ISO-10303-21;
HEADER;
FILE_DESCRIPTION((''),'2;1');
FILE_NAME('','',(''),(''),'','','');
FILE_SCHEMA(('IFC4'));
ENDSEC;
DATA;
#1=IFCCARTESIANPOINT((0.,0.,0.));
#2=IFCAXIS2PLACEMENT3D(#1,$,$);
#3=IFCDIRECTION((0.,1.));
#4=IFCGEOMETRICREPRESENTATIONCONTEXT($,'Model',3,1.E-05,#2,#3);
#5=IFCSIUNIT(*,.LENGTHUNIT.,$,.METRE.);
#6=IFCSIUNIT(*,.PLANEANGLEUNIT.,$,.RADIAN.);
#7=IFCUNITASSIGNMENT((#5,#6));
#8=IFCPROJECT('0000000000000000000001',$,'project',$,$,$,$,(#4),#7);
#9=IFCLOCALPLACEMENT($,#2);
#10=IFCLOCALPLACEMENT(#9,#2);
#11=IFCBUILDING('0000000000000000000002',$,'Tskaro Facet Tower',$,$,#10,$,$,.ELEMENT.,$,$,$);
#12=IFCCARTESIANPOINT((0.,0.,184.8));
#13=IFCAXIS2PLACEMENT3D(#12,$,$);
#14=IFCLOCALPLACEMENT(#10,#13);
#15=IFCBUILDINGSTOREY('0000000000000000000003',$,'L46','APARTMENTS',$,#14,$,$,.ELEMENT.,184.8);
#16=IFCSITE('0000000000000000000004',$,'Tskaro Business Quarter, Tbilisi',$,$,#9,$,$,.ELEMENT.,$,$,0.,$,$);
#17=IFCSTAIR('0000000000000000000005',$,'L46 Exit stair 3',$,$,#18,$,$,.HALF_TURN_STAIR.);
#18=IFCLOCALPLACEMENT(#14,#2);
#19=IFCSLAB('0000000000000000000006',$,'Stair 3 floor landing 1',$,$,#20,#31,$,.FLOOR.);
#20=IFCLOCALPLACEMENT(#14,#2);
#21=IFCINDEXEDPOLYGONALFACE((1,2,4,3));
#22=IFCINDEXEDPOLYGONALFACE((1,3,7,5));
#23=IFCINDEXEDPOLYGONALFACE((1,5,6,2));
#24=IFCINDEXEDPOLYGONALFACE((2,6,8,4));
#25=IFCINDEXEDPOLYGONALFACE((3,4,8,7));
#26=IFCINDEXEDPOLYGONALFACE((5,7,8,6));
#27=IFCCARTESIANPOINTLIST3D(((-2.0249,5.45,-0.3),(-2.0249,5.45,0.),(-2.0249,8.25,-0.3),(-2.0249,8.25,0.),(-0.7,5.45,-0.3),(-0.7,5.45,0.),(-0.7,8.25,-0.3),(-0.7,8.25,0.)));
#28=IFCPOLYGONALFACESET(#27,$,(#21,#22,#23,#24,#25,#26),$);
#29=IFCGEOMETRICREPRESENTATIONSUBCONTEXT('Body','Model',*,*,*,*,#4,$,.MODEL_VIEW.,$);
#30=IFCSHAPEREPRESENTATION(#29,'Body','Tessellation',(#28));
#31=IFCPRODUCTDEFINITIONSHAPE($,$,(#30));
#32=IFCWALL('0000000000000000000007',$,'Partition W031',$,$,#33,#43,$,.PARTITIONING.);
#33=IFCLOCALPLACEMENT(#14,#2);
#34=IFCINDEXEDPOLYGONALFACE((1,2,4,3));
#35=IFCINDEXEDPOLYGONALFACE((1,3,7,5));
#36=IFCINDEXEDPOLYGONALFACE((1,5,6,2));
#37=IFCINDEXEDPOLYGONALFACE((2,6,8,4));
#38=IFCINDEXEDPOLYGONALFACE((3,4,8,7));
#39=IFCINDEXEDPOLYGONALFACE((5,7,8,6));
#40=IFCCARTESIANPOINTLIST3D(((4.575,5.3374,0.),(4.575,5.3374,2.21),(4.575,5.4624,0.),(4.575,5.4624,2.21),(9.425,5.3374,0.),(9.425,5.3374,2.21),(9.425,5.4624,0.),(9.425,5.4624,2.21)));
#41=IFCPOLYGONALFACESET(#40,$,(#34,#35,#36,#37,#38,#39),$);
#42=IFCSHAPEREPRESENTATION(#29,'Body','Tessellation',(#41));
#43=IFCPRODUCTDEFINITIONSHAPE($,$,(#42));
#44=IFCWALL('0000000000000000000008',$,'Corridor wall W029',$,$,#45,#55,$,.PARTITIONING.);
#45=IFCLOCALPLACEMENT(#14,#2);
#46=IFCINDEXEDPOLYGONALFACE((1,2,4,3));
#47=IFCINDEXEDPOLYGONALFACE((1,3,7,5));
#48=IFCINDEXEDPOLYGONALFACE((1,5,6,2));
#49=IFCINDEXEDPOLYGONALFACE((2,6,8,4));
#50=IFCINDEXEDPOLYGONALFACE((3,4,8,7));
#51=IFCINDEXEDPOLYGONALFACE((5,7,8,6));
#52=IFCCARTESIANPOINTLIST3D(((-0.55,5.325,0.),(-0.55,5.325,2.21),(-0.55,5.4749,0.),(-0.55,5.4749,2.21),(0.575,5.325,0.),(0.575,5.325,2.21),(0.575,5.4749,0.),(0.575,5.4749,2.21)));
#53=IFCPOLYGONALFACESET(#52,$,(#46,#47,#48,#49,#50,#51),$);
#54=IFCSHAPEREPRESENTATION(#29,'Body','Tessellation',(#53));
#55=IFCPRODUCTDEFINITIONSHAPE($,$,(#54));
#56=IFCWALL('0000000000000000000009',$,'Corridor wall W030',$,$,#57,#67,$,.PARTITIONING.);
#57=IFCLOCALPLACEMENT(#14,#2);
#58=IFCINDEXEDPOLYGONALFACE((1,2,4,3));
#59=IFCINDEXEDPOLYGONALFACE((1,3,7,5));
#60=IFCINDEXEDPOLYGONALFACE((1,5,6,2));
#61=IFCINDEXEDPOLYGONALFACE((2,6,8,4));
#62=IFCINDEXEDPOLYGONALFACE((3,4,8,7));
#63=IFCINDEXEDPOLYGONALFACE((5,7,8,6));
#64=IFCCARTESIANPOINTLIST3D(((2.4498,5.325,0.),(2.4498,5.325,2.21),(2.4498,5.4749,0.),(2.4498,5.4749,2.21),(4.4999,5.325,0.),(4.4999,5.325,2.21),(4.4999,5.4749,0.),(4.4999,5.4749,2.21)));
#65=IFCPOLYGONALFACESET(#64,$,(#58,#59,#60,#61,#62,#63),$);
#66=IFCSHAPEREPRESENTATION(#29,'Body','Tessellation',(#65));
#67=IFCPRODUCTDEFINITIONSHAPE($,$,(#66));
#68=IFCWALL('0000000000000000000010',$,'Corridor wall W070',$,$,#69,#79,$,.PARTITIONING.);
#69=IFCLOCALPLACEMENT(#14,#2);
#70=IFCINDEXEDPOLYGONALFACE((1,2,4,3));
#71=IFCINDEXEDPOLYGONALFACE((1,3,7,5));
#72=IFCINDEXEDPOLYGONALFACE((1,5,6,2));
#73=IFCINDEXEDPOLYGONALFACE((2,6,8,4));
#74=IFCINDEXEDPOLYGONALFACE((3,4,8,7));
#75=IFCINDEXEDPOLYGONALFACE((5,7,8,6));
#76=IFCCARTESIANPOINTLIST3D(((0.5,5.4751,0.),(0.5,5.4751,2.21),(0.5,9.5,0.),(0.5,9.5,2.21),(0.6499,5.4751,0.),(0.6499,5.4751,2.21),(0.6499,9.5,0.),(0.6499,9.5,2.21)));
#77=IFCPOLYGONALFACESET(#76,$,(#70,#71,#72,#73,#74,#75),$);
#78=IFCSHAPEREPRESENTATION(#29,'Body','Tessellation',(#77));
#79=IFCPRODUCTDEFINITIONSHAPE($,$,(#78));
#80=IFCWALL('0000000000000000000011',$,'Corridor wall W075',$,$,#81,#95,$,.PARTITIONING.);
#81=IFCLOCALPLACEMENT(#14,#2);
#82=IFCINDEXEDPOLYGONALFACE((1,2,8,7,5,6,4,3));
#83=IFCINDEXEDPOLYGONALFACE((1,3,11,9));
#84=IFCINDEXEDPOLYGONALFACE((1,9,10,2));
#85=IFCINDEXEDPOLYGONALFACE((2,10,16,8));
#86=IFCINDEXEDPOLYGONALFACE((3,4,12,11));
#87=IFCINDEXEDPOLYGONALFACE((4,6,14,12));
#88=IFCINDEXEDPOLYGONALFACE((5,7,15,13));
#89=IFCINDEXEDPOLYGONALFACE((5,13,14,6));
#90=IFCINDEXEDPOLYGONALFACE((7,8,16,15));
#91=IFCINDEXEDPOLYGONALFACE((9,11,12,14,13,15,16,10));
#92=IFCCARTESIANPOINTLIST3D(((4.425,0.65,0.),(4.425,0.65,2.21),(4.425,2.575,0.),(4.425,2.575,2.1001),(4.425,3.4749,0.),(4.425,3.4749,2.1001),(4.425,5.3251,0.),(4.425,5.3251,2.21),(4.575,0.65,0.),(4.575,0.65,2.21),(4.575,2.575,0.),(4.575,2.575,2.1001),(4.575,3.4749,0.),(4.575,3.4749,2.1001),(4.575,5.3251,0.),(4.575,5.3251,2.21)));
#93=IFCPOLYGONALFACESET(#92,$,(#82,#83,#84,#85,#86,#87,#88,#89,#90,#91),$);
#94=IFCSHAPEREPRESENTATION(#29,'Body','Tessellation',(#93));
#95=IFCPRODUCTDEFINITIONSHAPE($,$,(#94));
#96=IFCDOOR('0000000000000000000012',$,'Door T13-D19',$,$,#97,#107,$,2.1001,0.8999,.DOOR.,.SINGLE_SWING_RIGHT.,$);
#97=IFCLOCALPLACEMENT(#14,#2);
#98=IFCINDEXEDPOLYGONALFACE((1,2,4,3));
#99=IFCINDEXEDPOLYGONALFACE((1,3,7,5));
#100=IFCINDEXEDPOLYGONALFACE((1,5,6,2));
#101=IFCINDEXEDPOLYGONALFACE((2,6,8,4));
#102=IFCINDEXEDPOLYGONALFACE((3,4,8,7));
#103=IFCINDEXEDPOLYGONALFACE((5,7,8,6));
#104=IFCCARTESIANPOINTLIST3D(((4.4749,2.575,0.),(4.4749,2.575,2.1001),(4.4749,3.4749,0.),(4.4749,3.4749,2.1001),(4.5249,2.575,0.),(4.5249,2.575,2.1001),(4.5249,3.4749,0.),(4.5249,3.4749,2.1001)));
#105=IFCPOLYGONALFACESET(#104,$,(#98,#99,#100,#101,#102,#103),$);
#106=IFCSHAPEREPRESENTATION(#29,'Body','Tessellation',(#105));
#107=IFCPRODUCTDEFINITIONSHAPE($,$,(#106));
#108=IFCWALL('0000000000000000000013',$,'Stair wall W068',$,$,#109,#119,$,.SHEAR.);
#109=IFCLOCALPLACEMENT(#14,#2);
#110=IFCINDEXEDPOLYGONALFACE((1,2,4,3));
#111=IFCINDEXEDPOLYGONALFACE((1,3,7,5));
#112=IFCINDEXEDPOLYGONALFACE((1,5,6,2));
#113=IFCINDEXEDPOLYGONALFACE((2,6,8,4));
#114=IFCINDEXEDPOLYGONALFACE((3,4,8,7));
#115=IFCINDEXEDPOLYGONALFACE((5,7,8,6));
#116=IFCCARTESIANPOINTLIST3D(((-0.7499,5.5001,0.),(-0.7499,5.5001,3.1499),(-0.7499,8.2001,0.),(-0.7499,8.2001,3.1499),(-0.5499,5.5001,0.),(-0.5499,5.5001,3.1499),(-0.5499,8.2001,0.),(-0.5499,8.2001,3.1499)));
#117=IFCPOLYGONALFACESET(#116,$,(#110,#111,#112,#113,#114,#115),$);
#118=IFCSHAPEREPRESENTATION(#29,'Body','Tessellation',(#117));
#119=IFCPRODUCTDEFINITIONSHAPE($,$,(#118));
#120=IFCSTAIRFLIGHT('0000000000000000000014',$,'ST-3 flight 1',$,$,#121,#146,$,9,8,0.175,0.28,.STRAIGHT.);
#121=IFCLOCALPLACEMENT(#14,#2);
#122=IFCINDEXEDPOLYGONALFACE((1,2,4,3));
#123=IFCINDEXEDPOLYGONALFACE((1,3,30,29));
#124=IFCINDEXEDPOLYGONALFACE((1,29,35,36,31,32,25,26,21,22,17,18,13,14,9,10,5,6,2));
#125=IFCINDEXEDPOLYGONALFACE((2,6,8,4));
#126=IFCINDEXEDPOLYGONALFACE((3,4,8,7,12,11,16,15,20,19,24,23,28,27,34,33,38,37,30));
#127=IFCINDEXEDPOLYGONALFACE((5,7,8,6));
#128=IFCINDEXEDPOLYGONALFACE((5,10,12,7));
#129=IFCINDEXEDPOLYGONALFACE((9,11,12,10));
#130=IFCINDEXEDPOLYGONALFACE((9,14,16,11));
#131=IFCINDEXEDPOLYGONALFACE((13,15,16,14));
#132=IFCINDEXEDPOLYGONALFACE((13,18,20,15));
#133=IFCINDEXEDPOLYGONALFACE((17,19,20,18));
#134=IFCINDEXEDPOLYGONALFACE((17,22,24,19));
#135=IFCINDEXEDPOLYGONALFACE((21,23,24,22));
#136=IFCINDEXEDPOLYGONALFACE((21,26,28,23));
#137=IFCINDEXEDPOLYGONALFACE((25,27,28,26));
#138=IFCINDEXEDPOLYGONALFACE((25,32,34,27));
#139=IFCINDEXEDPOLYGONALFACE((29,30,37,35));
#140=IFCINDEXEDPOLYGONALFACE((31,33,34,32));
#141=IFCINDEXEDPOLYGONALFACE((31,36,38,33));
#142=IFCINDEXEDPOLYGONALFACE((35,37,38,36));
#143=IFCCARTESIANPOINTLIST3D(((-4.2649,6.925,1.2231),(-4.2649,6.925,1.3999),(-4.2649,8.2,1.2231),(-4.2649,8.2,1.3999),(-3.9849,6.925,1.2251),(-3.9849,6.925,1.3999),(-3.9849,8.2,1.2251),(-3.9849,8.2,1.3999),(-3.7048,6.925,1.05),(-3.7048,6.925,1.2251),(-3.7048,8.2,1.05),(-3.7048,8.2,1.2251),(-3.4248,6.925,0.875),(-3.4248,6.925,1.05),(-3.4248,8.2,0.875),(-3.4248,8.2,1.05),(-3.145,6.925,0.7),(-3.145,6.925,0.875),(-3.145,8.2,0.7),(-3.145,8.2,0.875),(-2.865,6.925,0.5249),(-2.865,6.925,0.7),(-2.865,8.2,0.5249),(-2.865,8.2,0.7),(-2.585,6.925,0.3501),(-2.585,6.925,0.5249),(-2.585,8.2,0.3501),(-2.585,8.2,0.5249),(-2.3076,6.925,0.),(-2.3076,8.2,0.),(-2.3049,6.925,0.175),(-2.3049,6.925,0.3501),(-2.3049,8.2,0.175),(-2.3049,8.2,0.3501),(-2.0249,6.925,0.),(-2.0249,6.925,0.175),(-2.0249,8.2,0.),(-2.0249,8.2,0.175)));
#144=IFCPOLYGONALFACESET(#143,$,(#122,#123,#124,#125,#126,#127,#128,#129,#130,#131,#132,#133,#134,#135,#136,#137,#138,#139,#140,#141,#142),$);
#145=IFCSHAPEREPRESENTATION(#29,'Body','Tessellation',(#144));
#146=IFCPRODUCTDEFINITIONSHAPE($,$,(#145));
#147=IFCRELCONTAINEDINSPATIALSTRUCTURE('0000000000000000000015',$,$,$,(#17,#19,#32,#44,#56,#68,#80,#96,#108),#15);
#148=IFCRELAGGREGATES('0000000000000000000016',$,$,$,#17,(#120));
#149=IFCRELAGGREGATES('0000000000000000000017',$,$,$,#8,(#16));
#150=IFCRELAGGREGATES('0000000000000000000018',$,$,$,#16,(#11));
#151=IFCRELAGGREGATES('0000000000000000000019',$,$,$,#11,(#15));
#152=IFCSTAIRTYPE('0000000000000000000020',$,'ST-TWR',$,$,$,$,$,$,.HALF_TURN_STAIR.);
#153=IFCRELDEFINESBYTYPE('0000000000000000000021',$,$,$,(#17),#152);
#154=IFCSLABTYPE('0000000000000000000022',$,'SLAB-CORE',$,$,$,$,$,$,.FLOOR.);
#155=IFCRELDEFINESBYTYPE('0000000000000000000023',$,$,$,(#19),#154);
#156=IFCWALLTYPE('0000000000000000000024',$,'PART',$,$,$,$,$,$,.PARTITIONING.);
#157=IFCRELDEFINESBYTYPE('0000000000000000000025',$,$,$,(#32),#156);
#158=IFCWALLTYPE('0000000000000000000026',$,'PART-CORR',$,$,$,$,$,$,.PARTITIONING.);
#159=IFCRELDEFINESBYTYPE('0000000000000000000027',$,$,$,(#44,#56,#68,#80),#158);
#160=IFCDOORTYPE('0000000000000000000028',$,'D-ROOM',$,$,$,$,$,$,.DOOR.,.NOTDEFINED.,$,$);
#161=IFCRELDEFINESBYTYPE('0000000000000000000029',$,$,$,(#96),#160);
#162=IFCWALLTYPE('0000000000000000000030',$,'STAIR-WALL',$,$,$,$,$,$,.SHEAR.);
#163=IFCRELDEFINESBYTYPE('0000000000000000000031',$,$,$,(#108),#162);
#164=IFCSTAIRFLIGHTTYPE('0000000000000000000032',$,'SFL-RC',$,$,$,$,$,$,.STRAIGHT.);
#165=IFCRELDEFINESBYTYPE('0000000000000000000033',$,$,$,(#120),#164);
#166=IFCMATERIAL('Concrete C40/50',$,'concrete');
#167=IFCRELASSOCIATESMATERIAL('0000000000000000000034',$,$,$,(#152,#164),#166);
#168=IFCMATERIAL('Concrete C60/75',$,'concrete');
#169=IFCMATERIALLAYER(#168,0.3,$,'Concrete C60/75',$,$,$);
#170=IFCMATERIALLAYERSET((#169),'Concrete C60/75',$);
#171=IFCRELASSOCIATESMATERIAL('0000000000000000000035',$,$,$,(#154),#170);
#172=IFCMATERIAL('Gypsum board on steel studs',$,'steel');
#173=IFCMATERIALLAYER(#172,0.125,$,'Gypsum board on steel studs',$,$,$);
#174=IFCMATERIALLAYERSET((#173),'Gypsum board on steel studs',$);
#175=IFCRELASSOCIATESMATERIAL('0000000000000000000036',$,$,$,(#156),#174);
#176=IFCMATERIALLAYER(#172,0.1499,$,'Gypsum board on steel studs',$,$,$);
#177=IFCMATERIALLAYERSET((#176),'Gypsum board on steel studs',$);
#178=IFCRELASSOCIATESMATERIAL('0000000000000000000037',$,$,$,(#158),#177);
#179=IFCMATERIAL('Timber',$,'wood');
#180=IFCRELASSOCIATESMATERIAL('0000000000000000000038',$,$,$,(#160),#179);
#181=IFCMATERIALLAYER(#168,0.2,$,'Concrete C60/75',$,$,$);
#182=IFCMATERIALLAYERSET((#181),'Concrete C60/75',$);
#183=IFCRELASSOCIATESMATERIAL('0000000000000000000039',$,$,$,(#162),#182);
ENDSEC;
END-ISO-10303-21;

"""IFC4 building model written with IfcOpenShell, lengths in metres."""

from ifc_helpers import new_model, si_unit, direction, frame, frame_2d, origin, place, context, subcontext, project, spatial, polyline, rectangle, outline, extrude, material, layer, layer_set, type_object, element, fill, aggregate, save


model = new_model("IFC4")

# Units and contexts
model_context = context("Model", 3, precision=1e-05, world=origin(), true_north=direction((0.0, 1.0)))
body_context = subcontext(model_context, "Body", "Model", "MODEL_VIEW")
ifc_project = project(units=[si_unit("LENGTHUNIT", "METRE"), si_unit("PLANEANGLEUNIT", "RADIAN")], contexts=[model_context])

# Site, building, storey
site_placement = place(None, origin())
site = spatial("IfcSite", under=ifc_project, at=site_placement, Name="Tskaro Business Quarter, Tbilisi", CompositionType="ELEMENT", RefElevation=0.0)
building_placement = place(site_placement, origin())
building = spatial("IfcBuilding", under=site, at=building_placement, Name="Tskaro Facet Tower", CompositionType="ELEMENT")
storey_placement = place(building_placement, frame((0.0, 0.0, 184.8)))
storey = spatial("IfcBuildingStorey", under=building, at=storey_placement, Name="L46", Description="APARTMENTS", CompositionType="ELEMENT", Elevation=184.8)

# Stair
ifc_material_1 = material(Name="Concrete C40/50", Category="concrete")
stair_type = type_object("IfcStairType", Name="ST-TWR", PredefinedType="HALF_TURN_STAIR", material=ifc_material_1)
stair_1_placement = place(storey_placement, origin())
stair_1 = element("IfcStair", 1, at=stair_1_placement, inside=storey, type_object=stair_type, Name="L46 Exit stair 3", PredefinedType="HALF_TURN_STAIR")

# Slab
ifc_material_2 = material(Name="Concrete C60/75", Category="concrete")
ifc_layer_1 = layer(ifc_material_2, 0.3, Name="Concrete C60/75")
ifc_layer_set_1 = layer_set([ifc_layer_1], Name="Concrete C60/75")
slab_type_1 = type_object("IfcSlabType", Name="SLAB-CORE", PredefinedType="FLOOR", material=ifc_layer_set_1)
slab_1_placement = place(storey_placement, frame((0.0, 0.0, -0.3)))
element("IfcSlab", 2, at=slab_1_placement, inside=storey, type_object=slab_type_1, Name="Stair 3 floor landing 1", PredefinedType="FLOOR", context=body_context, shape_type="SweptSolid", body=[
    extrude(outline(polyline([(-2.0249, 5.45), (-0.7, 5.45), (-0.7, 8.25), (-2.0249, 8.25), (-2.0249, 5.45)])), origin(), (0.0, 0.0, 1.0), 0.3),
])

# Walls
ifc_material_3 = material(Name="Gypsum board on steel studs", Category="steel")
ifc_layer_2 = layer(ifc_material_3, 0.125, Name="Gypsum board on steel studs")
ifc_layer_set_2 = layer_set([ifc_layer_2], Name="Gypsum board on steel studs")
wall_type_1 = type_object("IfcWallType", Name="PART", PredefinedType="PARTITIONING", material=ifc_layer_set_2)
wall_1_placement = place(storey_placement, frame((4.575, 5.3999, 0.0), z_axis=(0.0, 0.0, 1.0), x_axis=(1.0, 0.0, 0.0)))
element("IfcWall", 3, at=wall_1_placement, inside=storey, type_object=wall_type_1, Name="Partition W031", PredefinedType="PARTITIONING", context=body_context, shape_type="SweptSolid", body=[
    extrude(rectangle(XDim=4.8501, YDim=0.125, at=frame_2d((2.425, 0.0))), origin(), (0.0, 0.0, 1.0), 2.21),
])
ifc_layer_3 = layer(ifc_material_3, 0.1499, Name="Gypsum board on steel studs")
ifc_layer_set_3 = layer_set([ifc_layer_3], Name="Gypsum board on steel studs")
wall_type_2 = type_object("IfcWallType", Name="PART-CORR", PredefinedType="PARTITIONING", material=ifc_layer_set_3)
wall_2_placement = place(storey_placement, frame((-0.55, 5.3999, 0.0), z_axis=(0.0, 0.0, 1.0), x_axis=(1.0, 0.0, 0.0)))
element("IfcWall", 4, at=wall_2_placement, inside=storey, type_object=wall_type_2, Name="Corridor wall W029", PredefinedType="PARTITIONING", context=body_context, shape_type="SweptSolid", body=[
    extrude(rectangle(XDim=1.125, YDim=0.1499, at=frame_2d((0.5625, 0.0))), origin(), (0.0, 0.0, 1.0), 2.21),
])
wall_3_placement = place(storey_placement, frame((2.45, 5.3999, 0.0), z_axis=(0.0, 0.0, 1.0), x_axis=(1.0, 0.0, 0.0)))
element("IfcWall", 5, at=wall_3_placement, inside=storey, type_object=wall_type_2, Name="Corridor wall W030", PredefinedType="PARTITIONING", context=body_context, shape_type="SweptSolid", body=[
    extrude(rectangle(XDim=2.05, YDim=0.1499, at=frame_2d((1.0249, 0.0))), origin(), (0.0, 0.0, 1.0), 2.21),
])
wall_4_placement = place(storey_placement, frame((0.575, 5.4751, 0.0), z_axis=(0.0, 0.0, 1.0), x_axis=(0.0, 1.0, 0.0)))
element("IfcWall", 6, at=wall_4_placement, inside=storey, type_object=wall_type_2, Name="Corridor wall W070", PredefinedType="PARTITIONING", context=body_context, shape_type="SweptSolid", body=[
    extrude(rectangle(XDim=4.0249, YDim=0.1499, at=frame_2d((2.0125, 0.0))), origin(), (0.0, 0.0, 1.0), 2.21),
])

# Wall, opening, door
wall_5_placement = place(storey_placement, frame((4.5, 5.325, 0.0), z_axis=(0.0, 0.0, 1.0), x_axis=(0.0, -1.0, 0.0)))
wall_5 = element("IfcWall", 7, at=wall_5_placement, inside=storey, type_object=wall_type_2, Name="Corridor wall W075", PredefinedType="PARTITIONING", context=body_context, shape_type="SweptSolid", body=[
    extrude(rectangle(XDim=4.675, YDim=0.1499, at=frame_2d((2.3374, 0.0))), origin(), (0.0, 0.0, 1.0), 2.21),
])
opening_placement = place(wall_5_placement, frame((1.8501, 0.0, 0.0)))
opening = element("IfcOpeningElement", 8, at=opening_placement, cuts=wall_5, PredefinedType="OPENING", context=body_context, shape_type="SweptSolid", body=[
    extrude(rectangle(XDim=0.8999, YDim=2.1001, at=frame_2d((0.45, 1.05))), frame((0.0, 0.085, 0.0), z_axis=(0.0, -1.0, 0.0), x_axis=(1.0, 0.0, 0.0)), (0.0, 0.0, 1.0), 0.1699),
])
ifc_material_4 = material(Name="Timber", Category="wood")
door_type = type_object("IfcDoorType", Name="D-ROOM", OperationType="NOTDEFINED", PredefinedType="DOOR", material=ifc_material_4)
door_placement = place(opening_placement, origin())
door = element("IfcDoor", 9, at=door_placement, inside=storey, type_object=door_type, Name="Door T13-D19", OperationType="SINGLE_SWING_RIGHT", OverallHeight=2.1001, OverallWidth=0.8999, PredefinedType="DOOR", context=body_context, shape_type="SweptSolid", body=[
    extrude(rectangle(XDim=0.8999, YDim=2.1001, at=frame_2d((0.45, 1.05))), frame((0.0, 0.0249, 0.0), z_axis=(0.0, -1.0, 0.0), x_axis=(1.0, 0.0, 0.0)), (0.0, 0.0, 1.0), 0.05),
])
fill(opening, door)

# Wall
ifc_layer_4 = layer(ifc_material_2, 0.2, Name="Concrete C60/75")
ifc_layer_set_4 = layer_set([ifc_layer_4], Name="Concrete C60/75")
wall_type_3 = type_object("IfcWallType", Name="STAIR-WALL", PredefinedType="SHEAR", material=ifc_layer_set_4)
wall_6_placement = place(storey_placement, frame((-0.6499, 5.5, 0.0), z_axis=(0.0, 0.0, 1.0), x_axis=(0.0, 1.0, 0.0)))
element("IfcWall", 10, at=wall_6_placement, inside=storey, type_object=wall_type_3, Name="Stair wall W068", PredefinedType="SHEAR", context=body_context, shape_type="SweptSolid", body=[
    extrude(rectangle(XDim=2.7, YDim=0.2, at=frame_2d((1.3501, 0.0))), origin(), (0.0, 0.0, 1.0), 3.1499),
])

# Stair flight
stair_flight_type = type_object("IfcStairFlightType", Name="SFL-RC", PredefinedType="STRAIGHT", material=ifc_material_1)
stair_flight_placement = place(storey_placement, frame((-2.0249, 7.5625, 0.0), z_axis=(0.0, 0.0, 1.0), x_axis=(-1.0, 0.0, 0.0)))
stair_flight = element("IfcStairFlight", 11, at=stair_flight_placement, type_object=stair_flight_type, Name="ST-3 flight 1", NumberOfRisers=9, NumberOfTreads=8, PredefinedType="STRAIGHT", RiserHeight=0.175, TreadLength=0.28, context=body_context, shape_type="SweptSolid", body=[
    extrude(outline(polyline([(0.0, 0.0), (0.0, 0.175), (0.28, 0.175), (0.28, 0.3501), (0.5601, 0.3501), (0.5601, 0.5249), (0.8401, 0.5249), (0.8401, 0.7), (1.1201, 0.7), (1.1201, 0.875), (1.3999, 0.875), (1.3999, 1.05), (1.6799, 1.05), (1.6799, 1.2251), (1.96, 1.2251), (1.96, 1.3999), (2.24, 1.3999), (2.24, 1.575), (2.24, 1.2231), (0.2827, 0.0), (0.0, 0.0)])), frame((0.0, 0.6375, 0.0), z_axis=(0.0, -1.0, 0.0), x_axis=(1.0, 0.0, 0.0)), (0.0, 0.0, 1.0), 1.2749),
])
aggregate(stair_1, [stair_flight])

save(model, "model.ifc")
